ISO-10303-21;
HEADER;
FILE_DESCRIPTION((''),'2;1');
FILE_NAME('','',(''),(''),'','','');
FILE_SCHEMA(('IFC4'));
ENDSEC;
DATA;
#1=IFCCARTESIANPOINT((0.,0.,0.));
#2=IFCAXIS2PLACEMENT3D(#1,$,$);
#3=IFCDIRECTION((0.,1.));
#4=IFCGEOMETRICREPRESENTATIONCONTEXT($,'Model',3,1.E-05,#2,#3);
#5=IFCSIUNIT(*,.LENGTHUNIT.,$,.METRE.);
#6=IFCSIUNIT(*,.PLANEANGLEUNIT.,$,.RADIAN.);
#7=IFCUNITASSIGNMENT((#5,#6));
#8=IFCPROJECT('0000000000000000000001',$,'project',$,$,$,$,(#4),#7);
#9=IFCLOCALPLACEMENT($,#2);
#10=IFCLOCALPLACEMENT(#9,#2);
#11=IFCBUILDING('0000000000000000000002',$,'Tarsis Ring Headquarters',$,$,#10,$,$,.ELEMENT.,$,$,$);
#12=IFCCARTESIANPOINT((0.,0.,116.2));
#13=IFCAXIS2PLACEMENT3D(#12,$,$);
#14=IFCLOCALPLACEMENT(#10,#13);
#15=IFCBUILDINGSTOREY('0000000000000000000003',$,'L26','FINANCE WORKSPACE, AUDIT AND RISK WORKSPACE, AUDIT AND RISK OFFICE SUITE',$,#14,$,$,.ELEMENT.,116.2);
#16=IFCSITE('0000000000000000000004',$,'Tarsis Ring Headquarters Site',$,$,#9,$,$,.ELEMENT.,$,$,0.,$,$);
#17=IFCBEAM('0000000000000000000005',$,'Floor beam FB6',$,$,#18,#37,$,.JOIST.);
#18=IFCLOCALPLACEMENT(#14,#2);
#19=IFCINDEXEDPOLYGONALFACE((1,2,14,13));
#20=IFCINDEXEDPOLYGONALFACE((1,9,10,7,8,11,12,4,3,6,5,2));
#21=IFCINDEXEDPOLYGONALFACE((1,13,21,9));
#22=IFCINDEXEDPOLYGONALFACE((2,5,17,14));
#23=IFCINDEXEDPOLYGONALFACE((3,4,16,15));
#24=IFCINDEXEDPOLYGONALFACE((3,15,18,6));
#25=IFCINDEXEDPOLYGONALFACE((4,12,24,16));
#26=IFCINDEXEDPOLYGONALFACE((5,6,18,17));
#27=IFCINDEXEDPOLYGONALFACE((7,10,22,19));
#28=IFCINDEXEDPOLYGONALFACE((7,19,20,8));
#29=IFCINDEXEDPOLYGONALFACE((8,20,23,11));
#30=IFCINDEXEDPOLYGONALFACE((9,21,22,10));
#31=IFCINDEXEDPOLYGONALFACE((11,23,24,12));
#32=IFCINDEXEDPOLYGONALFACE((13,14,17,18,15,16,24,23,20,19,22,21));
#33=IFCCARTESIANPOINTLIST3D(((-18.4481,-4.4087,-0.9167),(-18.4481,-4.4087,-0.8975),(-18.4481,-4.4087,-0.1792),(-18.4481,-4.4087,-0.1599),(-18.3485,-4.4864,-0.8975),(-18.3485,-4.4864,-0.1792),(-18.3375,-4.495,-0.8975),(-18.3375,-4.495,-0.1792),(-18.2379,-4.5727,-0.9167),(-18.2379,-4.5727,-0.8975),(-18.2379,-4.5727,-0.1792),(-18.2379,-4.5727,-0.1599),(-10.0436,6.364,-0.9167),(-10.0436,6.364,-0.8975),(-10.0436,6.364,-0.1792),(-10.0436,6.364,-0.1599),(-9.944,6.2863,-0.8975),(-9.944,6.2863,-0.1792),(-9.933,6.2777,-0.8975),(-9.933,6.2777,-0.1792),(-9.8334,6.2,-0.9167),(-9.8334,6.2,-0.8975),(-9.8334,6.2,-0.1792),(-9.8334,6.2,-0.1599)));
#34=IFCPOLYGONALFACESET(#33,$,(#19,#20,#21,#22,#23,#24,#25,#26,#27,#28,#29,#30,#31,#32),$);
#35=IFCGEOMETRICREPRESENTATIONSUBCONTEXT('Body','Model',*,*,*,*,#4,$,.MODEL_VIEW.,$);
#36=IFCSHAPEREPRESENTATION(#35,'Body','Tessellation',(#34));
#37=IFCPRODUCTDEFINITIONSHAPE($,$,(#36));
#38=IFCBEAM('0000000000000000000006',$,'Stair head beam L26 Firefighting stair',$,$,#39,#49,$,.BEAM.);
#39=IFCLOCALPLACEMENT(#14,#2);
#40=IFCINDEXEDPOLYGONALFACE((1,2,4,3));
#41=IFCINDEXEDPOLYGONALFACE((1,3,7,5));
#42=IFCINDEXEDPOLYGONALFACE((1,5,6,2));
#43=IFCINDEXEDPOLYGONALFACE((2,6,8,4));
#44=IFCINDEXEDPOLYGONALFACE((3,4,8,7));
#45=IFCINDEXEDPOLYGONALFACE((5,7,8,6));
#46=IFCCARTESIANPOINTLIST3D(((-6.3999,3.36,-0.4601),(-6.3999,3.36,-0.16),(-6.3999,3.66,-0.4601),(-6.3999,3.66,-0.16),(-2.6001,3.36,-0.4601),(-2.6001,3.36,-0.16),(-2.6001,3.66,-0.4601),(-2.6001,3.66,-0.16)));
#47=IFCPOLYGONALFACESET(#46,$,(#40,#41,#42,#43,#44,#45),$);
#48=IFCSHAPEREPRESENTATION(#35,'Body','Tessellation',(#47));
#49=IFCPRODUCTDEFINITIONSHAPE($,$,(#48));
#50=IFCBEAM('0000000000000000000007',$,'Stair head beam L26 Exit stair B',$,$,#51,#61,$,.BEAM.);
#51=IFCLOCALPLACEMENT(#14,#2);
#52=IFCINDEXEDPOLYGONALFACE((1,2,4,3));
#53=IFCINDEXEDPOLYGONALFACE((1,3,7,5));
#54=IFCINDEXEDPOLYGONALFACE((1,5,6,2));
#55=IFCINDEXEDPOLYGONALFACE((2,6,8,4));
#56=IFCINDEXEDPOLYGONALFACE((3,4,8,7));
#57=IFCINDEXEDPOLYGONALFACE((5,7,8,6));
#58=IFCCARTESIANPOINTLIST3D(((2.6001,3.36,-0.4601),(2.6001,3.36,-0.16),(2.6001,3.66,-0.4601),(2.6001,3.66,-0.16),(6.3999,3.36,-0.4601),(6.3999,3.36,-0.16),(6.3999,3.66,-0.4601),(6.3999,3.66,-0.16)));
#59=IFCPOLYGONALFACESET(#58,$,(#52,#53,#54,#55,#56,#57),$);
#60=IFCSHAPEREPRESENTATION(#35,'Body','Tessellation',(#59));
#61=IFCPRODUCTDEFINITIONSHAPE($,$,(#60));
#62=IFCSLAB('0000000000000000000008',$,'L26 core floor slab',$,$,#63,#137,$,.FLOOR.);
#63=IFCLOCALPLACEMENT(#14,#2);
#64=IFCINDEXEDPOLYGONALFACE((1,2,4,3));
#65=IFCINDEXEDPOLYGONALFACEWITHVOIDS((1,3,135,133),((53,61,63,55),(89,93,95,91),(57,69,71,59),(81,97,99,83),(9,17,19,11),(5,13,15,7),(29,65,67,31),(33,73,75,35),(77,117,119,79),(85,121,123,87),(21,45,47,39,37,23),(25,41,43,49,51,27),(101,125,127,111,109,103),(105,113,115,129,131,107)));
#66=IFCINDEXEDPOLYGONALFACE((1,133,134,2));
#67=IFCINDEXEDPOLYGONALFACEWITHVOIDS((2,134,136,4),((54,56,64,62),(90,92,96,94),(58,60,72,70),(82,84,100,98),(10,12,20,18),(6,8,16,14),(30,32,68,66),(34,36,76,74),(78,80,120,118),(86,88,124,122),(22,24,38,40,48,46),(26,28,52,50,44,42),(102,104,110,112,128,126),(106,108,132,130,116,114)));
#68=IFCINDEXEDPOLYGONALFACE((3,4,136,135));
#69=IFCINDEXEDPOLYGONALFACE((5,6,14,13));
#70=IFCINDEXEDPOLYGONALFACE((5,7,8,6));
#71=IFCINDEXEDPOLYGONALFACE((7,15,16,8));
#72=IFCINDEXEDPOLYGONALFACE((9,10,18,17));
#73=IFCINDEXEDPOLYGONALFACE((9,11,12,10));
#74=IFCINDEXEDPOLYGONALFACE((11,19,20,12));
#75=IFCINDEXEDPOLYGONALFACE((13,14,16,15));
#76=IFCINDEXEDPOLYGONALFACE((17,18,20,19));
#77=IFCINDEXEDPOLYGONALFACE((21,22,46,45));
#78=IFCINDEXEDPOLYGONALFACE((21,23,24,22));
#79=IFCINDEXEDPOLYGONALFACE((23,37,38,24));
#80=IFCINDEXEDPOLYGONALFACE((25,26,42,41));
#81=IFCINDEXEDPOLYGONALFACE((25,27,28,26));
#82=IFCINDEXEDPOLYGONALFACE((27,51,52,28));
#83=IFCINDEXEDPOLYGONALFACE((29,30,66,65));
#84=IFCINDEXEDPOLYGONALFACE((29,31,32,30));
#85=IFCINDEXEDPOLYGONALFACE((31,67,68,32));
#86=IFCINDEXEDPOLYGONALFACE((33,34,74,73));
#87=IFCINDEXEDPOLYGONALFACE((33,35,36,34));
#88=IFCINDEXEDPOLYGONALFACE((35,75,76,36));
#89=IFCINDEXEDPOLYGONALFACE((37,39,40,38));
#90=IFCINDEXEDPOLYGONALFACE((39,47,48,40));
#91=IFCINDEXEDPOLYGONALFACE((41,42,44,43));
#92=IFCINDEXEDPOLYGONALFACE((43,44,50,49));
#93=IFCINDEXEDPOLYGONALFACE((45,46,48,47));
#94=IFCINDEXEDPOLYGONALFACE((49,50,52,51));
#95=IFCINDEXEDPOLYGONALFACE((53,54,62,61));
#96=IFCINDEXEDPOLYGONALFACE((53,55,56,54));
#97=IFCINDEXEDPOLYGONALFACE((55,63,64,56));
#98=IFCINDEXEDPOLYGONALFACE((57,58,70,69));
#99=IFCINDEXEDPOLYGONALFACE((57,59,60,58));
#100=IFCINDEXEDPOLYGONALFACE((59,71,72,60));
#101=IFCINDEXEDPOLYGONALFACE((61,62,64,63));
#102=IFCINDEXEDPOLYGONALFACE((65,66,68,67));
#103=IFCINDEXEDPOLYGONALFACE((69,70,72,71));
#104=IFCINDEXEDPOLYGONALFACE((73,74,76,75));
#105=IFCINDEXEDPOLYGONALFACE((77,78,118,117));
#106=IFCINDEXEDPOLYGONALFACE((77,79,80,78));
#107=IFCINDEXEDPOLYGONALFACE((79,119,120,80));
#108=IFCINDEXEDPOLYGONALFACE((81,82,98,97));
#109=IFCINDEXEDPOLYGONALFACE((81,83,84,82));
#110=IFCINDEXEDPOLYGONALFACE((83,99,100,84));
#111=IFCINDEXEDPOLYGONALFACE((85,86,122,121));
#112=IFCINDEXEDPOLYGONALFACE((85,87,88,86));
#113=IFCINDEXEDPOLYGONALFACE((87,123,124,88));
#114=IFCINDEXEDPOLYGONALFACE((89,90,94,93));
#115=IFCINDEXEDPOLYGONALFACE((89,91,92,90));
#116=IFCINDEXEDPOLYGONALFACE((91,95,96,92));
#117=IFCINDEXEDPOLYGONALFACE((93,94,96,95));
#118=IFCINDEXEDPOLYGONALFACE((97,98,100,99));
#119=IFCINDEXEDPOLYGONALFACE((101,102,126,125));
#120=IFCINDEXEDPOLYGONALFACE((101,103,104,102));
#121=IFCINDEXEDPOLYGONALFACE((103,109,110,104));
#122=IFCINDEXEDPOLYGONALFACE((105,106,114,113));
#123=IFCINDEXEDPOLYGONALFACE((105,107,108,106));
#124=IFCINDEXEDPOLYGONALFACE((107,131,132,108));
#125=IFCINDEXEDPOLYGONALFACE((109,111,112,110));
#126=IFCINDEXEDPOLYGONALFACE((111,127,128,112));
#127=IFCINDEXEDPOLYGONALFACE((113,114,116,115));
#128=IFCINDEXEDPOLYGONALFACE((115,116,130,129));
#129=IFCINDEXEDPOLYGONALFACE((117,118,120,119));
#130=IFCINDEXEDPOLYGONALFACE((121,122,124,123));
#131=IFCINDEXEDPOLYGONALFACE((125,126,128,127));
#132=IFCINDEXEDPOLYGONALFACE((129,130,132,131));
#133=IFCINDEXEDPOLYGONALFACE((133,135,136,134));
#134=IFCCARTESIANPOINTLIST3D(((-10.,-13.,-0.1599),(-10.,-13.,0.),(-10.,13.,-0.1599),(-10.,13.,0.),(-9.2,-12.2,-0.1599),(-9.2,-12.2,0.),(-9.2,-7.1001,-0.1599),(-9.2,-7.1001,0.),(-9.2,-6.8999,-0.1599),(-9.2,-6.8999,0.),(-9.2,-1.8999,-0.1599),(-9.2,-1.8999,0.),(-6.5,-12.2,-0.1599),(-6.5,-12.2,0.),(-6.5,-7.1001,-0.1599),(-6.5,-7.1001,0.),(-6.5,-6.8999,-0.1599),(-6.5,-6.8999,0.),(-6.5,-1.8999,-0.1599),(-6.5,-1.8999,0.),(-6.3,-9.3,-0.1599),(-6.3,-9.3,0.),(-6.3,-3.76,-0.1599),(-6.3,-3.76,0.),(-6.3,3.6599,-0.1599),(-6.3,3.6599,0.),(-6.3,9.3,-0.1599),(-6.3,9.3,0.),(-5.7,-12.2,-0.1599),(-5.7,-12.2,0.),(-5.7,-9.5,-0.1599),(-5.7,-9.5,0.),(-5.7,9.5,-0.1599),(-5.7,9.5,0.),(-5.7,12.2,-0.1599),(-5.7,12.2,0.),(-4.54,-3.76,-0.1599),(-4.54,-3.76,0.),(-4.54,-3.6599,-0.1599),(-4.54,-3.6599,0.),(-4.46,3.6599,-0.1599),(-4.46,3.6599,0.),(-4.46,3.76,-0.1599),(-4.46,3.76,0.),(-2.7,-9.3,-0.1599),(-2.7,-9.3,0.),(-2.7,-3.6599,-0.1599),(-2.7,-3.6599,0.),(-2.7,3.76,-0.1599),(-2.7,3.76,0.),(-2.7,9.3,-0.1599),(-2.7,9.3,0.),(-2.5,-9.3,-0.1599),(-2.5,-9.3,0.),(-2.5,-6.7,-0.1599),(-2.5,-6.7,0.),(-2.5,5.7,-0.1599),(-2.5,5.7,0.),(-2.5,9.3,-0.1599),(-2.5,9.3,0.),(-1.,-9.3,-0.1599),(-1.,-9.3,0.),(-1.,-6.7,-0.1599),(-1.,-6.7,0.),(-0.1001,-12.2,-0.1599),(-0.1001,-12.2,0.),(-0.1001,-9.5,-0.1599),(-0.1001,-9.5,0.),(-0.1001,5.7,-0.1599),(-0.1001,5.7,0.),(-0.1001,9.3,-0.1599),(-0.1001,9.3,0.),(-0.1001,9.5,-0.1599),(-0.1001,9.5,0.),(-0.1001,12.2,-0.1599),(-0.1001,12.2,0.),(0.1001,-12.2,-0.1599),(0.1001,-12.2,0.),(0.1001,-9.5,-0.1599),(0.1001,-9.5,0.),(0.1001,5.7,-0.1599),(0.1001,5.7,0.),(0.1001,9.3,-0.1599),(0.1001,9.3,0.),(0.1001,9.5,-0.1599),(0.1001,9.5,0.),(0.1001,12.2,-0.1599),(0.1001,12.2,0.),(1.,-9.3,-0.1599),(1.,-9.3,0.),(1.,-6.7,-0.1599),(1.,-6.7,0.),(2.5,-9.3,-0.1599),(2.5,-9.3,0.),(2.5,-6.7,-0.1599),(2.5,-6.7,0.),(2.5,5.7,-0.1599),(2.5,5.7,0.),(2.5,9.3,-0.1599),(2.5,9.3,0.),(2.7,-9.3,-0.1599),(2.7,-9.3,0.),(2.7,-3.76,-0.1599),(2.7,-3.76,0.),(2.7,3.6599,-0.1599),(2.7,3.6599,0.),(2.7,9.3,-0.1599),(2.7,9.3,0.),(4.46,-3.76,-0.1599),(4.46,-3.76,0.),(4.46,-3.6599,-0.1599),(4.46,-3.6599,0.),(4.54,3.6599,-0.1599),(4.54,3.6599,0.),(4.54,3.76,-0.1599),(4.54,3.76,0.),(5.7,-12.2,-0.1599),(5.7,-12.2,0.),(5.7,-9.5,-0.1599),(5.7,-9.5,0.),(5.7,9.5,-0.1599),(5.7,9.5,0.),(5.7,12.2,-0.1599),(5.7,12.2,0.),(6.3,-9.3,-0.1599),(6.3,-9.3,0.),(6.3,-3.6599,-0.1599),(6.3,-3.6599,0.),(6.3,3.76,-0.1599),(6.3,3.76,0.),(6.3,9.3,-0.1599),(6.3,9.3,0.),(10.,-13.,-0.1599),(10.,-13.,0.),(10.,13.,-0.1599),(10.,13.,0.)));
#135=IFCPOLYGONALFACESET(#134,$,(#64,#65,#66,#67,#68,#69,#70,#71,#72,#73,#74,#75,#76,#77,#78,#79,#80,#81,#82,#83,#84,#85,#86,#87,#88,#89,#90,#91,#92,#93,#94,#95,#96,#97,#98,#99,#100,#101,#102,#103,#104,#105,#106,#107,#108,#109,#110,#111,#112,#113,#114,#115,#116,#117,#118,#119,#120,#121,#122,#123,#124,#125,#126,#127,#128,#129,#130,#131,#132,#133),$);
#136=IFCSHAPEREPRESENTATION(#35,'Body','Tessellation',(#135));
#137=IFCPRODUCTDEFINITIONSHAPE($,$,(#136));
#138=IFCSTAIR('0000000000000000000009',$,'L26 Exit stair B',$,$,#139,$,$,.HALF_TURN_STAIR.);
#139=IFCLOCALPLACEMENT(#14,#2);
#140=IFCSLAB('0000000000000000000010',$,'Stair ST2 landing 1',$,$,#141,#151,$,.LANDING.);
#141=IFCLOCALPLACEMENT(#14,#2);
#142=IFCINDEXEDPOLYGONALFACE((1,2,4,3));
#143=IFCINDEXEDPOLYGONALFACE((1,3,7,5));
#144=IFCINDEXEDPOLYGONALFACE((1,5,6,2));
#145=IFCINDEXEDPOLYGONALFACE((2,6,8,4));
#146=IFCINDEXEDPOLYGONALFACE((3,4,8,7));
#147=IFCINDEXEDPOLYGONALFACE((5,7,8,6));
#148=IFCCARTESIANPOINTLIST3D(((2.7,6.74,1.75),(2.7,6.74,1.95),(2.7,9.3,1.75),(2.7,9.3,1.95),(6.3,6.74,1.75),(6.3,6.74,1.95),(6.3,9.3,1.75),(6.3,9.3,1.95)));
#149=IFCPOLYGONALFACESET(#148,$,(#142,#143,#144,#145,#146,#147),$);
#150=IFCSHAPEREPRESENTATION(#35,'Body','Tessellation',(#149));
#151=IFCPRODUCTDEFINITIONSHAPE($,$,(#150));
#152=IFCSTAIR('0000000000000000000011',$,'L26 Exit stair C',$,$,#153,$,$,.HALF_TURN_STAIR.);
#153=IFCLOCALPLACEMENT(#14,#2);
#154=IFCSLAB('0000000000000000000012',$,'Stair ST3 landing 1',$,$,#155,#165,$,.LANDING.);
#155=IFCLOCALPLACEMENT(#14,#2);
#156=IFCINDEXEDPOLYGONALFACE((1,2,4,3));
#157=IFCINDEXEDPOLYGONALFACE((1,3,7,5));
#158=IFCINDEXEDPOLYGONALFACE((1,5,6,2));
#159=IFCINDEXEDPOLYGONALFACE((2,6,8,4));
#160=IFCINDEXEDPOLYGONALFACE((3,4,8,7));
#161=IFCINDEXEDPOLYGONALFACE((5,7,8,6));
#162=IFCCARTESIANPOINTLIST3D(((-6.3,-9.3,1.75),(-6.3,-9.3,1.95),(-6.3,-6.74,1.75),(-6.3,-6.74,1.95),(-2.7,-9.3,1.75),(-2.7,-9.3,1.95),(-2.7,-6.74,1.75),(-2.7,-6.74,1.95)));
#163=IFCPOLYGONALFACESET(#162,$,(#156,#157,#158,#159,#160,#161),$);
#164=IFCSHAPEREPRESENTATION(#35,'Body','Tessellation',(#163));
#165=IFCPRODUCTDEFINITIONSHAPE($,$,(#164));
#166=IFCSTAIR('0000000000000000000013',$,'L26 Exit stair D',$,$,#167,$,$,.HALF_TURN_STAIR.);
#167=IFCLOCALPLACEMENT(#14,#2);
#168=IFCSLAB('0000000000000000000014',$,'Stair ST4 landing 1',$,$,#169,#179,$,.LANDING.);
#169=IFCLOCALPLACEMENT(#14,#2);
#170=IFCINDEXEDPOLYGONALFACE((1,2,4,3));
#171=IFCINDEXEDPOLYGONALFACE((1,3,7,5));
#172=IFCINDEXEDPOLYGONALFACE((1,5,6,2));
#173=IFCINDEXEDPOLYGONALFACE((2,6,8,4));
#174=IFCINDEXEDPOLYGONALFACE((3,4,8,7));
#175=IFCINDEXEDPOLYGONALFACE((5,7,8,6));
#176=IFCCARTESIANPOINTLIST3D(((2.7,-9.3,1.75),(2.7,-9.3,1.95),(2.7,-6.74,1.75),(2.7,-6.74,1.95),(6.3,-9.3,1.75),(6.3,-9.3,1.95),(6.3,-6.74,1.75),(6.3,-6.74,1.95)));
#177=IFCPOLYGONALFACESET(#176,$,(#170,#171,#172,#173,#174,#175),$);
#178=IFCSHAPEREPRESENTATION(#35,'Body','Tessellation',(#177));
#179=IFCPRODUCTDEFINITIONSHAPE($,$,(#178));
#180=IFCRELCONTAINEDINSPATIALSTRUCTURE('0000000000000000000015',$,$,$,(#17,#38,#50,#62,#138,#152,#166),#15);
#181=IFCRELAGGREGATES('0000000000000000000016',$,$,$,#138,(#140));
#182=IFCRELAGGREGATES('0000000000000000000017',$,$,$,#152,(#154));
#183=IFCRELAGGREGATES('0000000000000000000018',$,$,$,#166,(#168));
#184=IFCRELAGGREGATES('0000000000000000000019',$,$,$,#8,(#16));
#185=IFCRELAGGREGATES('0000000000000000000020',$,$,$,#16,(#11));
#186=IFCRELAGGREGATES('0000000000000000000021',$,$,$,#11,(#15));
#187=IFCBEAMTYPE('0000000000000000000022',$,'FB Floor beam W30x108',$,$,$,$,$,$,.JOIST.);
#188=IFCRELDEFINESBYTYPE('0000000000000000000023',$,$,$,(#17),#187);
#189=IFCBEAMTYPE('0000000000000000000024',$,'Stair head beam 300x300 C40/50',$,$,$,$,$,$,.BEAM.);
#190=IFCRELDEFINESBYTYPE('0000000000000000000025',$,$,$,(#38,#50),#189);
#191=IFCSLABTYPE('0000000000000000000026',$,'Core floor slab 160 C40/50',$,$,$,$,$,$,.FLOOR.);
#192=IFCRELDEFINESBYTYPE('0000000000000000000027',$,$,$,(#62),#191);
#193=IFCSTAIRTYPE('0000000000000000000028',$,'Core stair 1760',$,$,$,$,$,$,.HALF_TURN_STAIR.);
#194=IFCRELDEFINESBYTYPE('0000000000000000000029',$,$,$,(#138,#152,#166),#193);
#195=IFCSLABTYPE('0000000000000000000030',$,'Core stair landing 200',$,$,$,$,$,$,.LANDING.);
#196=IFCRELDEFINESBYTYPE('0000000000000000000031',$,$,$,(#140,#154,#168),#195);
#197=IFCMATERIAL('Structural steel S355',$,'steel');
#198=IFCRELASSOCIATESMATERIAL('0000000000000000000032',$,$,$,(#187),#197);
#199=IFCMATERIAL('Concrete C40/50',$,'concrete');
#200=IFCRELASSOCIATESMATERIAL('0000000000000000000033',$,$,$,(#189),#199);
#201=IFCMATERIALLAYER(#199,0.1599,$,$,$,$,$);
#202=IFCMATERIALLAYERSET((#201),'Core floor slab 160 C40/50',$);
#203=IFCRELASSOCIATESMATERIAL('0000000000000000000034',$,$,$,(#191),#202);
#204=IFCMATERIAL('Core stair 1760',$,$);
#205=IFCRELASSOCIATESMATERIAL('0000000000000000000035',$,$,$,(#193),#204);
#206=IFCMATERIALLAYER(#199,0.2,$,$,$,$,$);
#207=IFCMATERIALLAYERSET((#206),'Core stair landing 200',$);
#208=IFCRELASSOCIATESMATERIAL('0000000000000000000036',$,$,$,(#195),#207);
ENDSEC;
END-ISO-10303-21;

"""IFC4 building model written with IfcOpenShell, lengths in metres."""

from ifc_helpers import new_model, si_unit, direction, frame, origin, origin_2d, place, context, subcontext, project, spatial, polyline, rectangle, i_section, outline, extrude, material, layer, layer_set, material_profile, profile_set, type_object, element, aggregate, save


model = new_model("IFC4")

# Units and contexts
model_context = context("Model", 3, precision=1e-05, world=origin(), true_north=direction((0.0, 1.0)))
body_context = subcontext(model_context, "Body", "Model", "MODEL_VIEW")
ifc_project = project(units=[si_unit("LENGTHUNIT", "METRE"), si_unit("PLANEANGLEUNIT", "RADIAN")], contexts=[model_context])

# Site, building, storey
site_placement = place(None, origin())
site = spatial("IfcSite", under=ifc_project, at=site_placement, Name="Tarsis Ring Headquarters Site", CompositionType="ELEMENT", RefElevation=0.0)
building_placement = place(site_placement, origin())
building = spatial("IfcBuilding", under=site, at=building_placement, Name="Tarsis Ring Headquarters", CompositionType="ELEMENT")
storey_placement = place(building_placement, frame((0.0, 0.0, 116.2)))
storey = spatial("IfcBuildingStorey", under=building, at=storey_placement, Name="L26", Description="FINANCE WORKSPACE, AUDIT AND RISK WORKSPACE, AUDIT AND RISK OFFICE SUITE", CompositionType="ELEMENT", Elevation=116.2)

# Beams
ifc_material_1 = material(Name="Structural steel S355", Category="steel")
ifc_material_profile_1 = material_profile(ifc_material_1, i_section(OverallWidth=0.2666, OverallDepth=0.7568, WebThickness=0.0139, FlangeThickness=0.0193, at=origin_2d()), Name="W30x108")
ifc_profile_set_1 = profile_set([ifc_material_profile_1], Name="Structural steel S355")
beam_type_1 = type_object("IfcBeamType", Name="FB Floor beam W30x108", PredefinedType="JOIST", material=ifc_profile_set_1)
beam_placement = place(storey_placement, frame((-9.9385, 6.282, -0.5383), z_axis=(-0.615115, -0.788437, 0.0), x_axis=(0.788437, -0.615115, 0.0)))
element("IfcBeam", 1, at=beam_placement, inside=storey, type_object=beam_type_1, Name="Floor beam FB6", PredefinedType="JOIST", context=body_context, shape_type="SweptSolid", body=[
    extrude(i_section(OverallWidth=0.2666, OverallDepth=0.7568, WebThickness=0.0139, FlangeThickness=0.0193, at=origin_2d()), origin(), (0.0, 0.0, 1.0), 13.6633),
])
ifc_material_2 = material(Name="Concrete C40/50", Category="concrete")
ifc_material_profile_2 = material_profile(ifc_material_2, rectangle(XDim=0.3, YDim=0.3, at=origin_2d()), Name="Stair head beam 300x300 C40/50")
ifc_profile_set_2 = profile_set([ifc_material_profile_2], Name="Concrete C40/50")
beam_type_2 = type_object("IfcBeamType", Name="Stair head beam 300x300 C40/50", PredefinedType="BEAM", material=ifc_profile_set_2)
for number, where, z_axis, x_axis, name in (
    (2, (-6.3999, 3.51, -0.3101), (1.0, 0.0, 0.0), (0.0, 1.0, 0.0), "Stair head beam L26 Firefighting stair"),
    (3, (2.6001, 3.51, -0.3101), (1.0, 0.0, 0.0), (0.0, 1.0, 0.0), "Stair head beam L26 Exit stair B"),
):
    element("IfcBeam", number, at=place(storey_placement, frame(where, z_axis=z_axis, x_axis=x_axis)), inside=storey, type_object=beam_type_2, Name=name, PredefinedType="BEAM", context=body_context, shape_type="SweptSolid", body=[
        extrude(rectangle(XDim=0.3, YDim=0.3, at=origin_2d()), origin(), (0.0, 0.0, 1.0), 3.7998),
    ])

# Slab
ifc_layer_1 = layer(ifc_material_2, 0.1599)
ifc_layer_set_1 = layer_set([ifc_layer_1], Name="Core floor slab 160 C40/50")
slab_type_1 = type_object("IfcSlabType", Name="Core floor slab 160 C40/50", PredefinedType="FLOOR", material=ifc_layer_set_1)
slab_1_placement = place(storey_placement, frame((0.0, 0.0, -0.1599)))
element("IfcSlab", 4, at=slab_1_placement, inside=storey, type_object=slab_type_1, Name="L26 core floor slab", PredefinedType="FLOOR", context=body_context, shape_type="SweptSolid", body=[
    extrude(outline(polyline([(-10.0, -13.0), (10.0, -13.0), (10.0, 13.0), (-10.0, 13.0), (-10.0, -13.0)]), holes=[polyline([(-2.5, 5.7), (-0.1001, 5.7), (-0.1001, 9.3), (-2.5, 9.3), (-2.5, 5.7)]), polyline([(0.1001, 5.7), (2.5, 5.7), (2.5, 9.3), (0.1001, 9.3), (0.1001, 5.7)]), polyline([(-9.2, -12.2), (-6.5, -12.2), (-6.5, -7.1001), (-9.2, -7.1001), (-9.2, -12.2)]), polyline([(-9.2, -6.8999), (-6.5, -6.8999), (-6.5, -1.8999), (-9.2, -1.8999), (-9.2, -6.8999)]), polyline([(-5.7, 9.5), (-0.1001, 9.5), (-0.1001, 12.2), (-5.7, 12.2), (-5.7, 9.5)]), polyline([(0.1001, 9.5), (5.7, 9.5), (5.7, 12.2), (0.1001, 12.2), (0.1001, 9.5)]), polyline([(-5.7, -12.2), (-0.1001, -12.2), (-0.1001, -9.5), (-5.7, -9.5), (-5.7, -12.2)]), polyline([(0.1001, -12.2), (5.7, -12.2), (5.7, -9.5), (0.1001, -9.5), (0.1001, -12.2)]), polyline([(-2.5, -9.3), (-1.0, -9.3), (-1.0, -6.7), (-2.5, -6.7), (-2.5, -9.3)]), polyline([(1.0, -9.3), (2.5, -9.3), (2.5, -6.7), (1.0, -6.7), (1.0, -9.3)]), polyline([(-2.7, 3.76), (-2.7, 9.3), (-6.3, 9.3), (-6.3, 3.6599), (-4.46, 3.6599), (-4.46, 3.76), (-2.7, 3.76)]), polyline([(6.3, 3.76), (6.3, 9.3), (2.7, 9.3), (2.7, 3.6599), (4.54, 3.6599), (4.54, 3.76), (6.3, 3.76)]), polyline([(-6.3, -3.76), (-6.3, -9.3), (-2.7, -9.3), (-2.7, -3.6599), (-4.54, -3.6599), (-4.54, -3.76), (-6.3, -3.76)]), polyline([(2.7, -3.76), (2.7, -9.3), (6.3, -9.3), (6.3, -3.6599), (4.46, -3.6599), (4.46, -3.76), (2.7, -3.76)])]), origin(), (0.0, 0.0, 1.0), 0.1599),
])

# Stairs, slabs
ifc_material_3 = material(Name="Core stair 1760")
stair_type = type_object("IfcStairType", Name="Core stair 1760", PredefinedType="HALF_TURN_STAIR", material=ifc_material_3)
stair_1_placement = place(storey_placement, origin())
stair_1 = element("IfcStair", 5, at=stair_1_placement, inside=storey, type_object=stair_type, Name="L26 Exit stair B", PredefinedType="HALF_TURN_STAIR")
ifc_layer_2 = layer(ifc_material_2, 0.2)
ifc_layer_set_2 = layer_set([ifc_layer_2], Name="Core stair landing 200")
slab_type_2 = type_object("IfcSlabType", Name="Core stair landing 200", PredefinedType="LANDING", material=ifc_layer_set_2)
slab_2_placement = place(storey_placement, frame((0.0, 0.0, 1.75)))
slab_2 = element("IfcSlab", 6, at=slab_2_placement, type_object=slab_type_2, Name="Stair ST2 landing 1", PredefinedType="LANDING", context=body_context, shape_type="SweptSolid", body=[
    extrude(outline(polyline([(6.3, 6.74), (6.3, 9.3), (2.7, 9.3), (2.7, 6.74), (6.3, 6.74)])), origin(), (0.0, 0.0, 1.0), 0.2),
])
aggregate(stair_1, [slab_2])
stair_2_placement = place(storey_placement, origin())
stair_2 = element("IfcStair", 7, at=stair_2_placement, inside=storey, type_object=stair_type, Name="L26 Exit stair C", PredefinedType="HALF_TURN_STAIR")
slab_3_placement = place(storey_placement, frame((0.0, 0.0, 1.75)))
slab_3 = element("IfcSlab", 8, at=slab_3_placement, type_object=slab_type_2, Name="Stair ST3 landing 1", PredefinedType="LANDING", context=body_context, shape_type="SweptSolid", body=[
    extrude(outline(polyline([(-6.3, -6.74), (-6.3, -9.3), (-2.7, -9.3), (-2.7, -6.74), (-6.3, -6.74)])), origin(), (0.0, 0.0, 1.0), 0.2),
])
aggregate(stair_2, [slab_3])
stair_3_placement = place(storey_placement, origin())
stair_3 = element("IfcStair", 9, at=stair_3_placement, inside=storey, type_object=stair_type, Name="L26 Exit stair D", PredefinedType="HALF_TURN_STAIR")
slab_4_placement = place(storey_placement, frame((0.0, 0.0, 1.75)))
slab_4 = element("IfcSlab", 10, at=slab_4_placement, type_object=slab_type_2, Name="Stair ST4 landing 1", PredefinedType="LANDING", context=body_context, shape_type="SweptSolid", body=[
    extrude(outline(polyline([(2.7, -6.74), (2.7, -9.3), (6.3, -9.3), (6.3, -6.74), (2.7, -6.74)])), origin(), (0.0, 0.0, 1.0), 0.2),
])
aggregate(stair_3, [slab_4])

save(model, "model.ifc")
